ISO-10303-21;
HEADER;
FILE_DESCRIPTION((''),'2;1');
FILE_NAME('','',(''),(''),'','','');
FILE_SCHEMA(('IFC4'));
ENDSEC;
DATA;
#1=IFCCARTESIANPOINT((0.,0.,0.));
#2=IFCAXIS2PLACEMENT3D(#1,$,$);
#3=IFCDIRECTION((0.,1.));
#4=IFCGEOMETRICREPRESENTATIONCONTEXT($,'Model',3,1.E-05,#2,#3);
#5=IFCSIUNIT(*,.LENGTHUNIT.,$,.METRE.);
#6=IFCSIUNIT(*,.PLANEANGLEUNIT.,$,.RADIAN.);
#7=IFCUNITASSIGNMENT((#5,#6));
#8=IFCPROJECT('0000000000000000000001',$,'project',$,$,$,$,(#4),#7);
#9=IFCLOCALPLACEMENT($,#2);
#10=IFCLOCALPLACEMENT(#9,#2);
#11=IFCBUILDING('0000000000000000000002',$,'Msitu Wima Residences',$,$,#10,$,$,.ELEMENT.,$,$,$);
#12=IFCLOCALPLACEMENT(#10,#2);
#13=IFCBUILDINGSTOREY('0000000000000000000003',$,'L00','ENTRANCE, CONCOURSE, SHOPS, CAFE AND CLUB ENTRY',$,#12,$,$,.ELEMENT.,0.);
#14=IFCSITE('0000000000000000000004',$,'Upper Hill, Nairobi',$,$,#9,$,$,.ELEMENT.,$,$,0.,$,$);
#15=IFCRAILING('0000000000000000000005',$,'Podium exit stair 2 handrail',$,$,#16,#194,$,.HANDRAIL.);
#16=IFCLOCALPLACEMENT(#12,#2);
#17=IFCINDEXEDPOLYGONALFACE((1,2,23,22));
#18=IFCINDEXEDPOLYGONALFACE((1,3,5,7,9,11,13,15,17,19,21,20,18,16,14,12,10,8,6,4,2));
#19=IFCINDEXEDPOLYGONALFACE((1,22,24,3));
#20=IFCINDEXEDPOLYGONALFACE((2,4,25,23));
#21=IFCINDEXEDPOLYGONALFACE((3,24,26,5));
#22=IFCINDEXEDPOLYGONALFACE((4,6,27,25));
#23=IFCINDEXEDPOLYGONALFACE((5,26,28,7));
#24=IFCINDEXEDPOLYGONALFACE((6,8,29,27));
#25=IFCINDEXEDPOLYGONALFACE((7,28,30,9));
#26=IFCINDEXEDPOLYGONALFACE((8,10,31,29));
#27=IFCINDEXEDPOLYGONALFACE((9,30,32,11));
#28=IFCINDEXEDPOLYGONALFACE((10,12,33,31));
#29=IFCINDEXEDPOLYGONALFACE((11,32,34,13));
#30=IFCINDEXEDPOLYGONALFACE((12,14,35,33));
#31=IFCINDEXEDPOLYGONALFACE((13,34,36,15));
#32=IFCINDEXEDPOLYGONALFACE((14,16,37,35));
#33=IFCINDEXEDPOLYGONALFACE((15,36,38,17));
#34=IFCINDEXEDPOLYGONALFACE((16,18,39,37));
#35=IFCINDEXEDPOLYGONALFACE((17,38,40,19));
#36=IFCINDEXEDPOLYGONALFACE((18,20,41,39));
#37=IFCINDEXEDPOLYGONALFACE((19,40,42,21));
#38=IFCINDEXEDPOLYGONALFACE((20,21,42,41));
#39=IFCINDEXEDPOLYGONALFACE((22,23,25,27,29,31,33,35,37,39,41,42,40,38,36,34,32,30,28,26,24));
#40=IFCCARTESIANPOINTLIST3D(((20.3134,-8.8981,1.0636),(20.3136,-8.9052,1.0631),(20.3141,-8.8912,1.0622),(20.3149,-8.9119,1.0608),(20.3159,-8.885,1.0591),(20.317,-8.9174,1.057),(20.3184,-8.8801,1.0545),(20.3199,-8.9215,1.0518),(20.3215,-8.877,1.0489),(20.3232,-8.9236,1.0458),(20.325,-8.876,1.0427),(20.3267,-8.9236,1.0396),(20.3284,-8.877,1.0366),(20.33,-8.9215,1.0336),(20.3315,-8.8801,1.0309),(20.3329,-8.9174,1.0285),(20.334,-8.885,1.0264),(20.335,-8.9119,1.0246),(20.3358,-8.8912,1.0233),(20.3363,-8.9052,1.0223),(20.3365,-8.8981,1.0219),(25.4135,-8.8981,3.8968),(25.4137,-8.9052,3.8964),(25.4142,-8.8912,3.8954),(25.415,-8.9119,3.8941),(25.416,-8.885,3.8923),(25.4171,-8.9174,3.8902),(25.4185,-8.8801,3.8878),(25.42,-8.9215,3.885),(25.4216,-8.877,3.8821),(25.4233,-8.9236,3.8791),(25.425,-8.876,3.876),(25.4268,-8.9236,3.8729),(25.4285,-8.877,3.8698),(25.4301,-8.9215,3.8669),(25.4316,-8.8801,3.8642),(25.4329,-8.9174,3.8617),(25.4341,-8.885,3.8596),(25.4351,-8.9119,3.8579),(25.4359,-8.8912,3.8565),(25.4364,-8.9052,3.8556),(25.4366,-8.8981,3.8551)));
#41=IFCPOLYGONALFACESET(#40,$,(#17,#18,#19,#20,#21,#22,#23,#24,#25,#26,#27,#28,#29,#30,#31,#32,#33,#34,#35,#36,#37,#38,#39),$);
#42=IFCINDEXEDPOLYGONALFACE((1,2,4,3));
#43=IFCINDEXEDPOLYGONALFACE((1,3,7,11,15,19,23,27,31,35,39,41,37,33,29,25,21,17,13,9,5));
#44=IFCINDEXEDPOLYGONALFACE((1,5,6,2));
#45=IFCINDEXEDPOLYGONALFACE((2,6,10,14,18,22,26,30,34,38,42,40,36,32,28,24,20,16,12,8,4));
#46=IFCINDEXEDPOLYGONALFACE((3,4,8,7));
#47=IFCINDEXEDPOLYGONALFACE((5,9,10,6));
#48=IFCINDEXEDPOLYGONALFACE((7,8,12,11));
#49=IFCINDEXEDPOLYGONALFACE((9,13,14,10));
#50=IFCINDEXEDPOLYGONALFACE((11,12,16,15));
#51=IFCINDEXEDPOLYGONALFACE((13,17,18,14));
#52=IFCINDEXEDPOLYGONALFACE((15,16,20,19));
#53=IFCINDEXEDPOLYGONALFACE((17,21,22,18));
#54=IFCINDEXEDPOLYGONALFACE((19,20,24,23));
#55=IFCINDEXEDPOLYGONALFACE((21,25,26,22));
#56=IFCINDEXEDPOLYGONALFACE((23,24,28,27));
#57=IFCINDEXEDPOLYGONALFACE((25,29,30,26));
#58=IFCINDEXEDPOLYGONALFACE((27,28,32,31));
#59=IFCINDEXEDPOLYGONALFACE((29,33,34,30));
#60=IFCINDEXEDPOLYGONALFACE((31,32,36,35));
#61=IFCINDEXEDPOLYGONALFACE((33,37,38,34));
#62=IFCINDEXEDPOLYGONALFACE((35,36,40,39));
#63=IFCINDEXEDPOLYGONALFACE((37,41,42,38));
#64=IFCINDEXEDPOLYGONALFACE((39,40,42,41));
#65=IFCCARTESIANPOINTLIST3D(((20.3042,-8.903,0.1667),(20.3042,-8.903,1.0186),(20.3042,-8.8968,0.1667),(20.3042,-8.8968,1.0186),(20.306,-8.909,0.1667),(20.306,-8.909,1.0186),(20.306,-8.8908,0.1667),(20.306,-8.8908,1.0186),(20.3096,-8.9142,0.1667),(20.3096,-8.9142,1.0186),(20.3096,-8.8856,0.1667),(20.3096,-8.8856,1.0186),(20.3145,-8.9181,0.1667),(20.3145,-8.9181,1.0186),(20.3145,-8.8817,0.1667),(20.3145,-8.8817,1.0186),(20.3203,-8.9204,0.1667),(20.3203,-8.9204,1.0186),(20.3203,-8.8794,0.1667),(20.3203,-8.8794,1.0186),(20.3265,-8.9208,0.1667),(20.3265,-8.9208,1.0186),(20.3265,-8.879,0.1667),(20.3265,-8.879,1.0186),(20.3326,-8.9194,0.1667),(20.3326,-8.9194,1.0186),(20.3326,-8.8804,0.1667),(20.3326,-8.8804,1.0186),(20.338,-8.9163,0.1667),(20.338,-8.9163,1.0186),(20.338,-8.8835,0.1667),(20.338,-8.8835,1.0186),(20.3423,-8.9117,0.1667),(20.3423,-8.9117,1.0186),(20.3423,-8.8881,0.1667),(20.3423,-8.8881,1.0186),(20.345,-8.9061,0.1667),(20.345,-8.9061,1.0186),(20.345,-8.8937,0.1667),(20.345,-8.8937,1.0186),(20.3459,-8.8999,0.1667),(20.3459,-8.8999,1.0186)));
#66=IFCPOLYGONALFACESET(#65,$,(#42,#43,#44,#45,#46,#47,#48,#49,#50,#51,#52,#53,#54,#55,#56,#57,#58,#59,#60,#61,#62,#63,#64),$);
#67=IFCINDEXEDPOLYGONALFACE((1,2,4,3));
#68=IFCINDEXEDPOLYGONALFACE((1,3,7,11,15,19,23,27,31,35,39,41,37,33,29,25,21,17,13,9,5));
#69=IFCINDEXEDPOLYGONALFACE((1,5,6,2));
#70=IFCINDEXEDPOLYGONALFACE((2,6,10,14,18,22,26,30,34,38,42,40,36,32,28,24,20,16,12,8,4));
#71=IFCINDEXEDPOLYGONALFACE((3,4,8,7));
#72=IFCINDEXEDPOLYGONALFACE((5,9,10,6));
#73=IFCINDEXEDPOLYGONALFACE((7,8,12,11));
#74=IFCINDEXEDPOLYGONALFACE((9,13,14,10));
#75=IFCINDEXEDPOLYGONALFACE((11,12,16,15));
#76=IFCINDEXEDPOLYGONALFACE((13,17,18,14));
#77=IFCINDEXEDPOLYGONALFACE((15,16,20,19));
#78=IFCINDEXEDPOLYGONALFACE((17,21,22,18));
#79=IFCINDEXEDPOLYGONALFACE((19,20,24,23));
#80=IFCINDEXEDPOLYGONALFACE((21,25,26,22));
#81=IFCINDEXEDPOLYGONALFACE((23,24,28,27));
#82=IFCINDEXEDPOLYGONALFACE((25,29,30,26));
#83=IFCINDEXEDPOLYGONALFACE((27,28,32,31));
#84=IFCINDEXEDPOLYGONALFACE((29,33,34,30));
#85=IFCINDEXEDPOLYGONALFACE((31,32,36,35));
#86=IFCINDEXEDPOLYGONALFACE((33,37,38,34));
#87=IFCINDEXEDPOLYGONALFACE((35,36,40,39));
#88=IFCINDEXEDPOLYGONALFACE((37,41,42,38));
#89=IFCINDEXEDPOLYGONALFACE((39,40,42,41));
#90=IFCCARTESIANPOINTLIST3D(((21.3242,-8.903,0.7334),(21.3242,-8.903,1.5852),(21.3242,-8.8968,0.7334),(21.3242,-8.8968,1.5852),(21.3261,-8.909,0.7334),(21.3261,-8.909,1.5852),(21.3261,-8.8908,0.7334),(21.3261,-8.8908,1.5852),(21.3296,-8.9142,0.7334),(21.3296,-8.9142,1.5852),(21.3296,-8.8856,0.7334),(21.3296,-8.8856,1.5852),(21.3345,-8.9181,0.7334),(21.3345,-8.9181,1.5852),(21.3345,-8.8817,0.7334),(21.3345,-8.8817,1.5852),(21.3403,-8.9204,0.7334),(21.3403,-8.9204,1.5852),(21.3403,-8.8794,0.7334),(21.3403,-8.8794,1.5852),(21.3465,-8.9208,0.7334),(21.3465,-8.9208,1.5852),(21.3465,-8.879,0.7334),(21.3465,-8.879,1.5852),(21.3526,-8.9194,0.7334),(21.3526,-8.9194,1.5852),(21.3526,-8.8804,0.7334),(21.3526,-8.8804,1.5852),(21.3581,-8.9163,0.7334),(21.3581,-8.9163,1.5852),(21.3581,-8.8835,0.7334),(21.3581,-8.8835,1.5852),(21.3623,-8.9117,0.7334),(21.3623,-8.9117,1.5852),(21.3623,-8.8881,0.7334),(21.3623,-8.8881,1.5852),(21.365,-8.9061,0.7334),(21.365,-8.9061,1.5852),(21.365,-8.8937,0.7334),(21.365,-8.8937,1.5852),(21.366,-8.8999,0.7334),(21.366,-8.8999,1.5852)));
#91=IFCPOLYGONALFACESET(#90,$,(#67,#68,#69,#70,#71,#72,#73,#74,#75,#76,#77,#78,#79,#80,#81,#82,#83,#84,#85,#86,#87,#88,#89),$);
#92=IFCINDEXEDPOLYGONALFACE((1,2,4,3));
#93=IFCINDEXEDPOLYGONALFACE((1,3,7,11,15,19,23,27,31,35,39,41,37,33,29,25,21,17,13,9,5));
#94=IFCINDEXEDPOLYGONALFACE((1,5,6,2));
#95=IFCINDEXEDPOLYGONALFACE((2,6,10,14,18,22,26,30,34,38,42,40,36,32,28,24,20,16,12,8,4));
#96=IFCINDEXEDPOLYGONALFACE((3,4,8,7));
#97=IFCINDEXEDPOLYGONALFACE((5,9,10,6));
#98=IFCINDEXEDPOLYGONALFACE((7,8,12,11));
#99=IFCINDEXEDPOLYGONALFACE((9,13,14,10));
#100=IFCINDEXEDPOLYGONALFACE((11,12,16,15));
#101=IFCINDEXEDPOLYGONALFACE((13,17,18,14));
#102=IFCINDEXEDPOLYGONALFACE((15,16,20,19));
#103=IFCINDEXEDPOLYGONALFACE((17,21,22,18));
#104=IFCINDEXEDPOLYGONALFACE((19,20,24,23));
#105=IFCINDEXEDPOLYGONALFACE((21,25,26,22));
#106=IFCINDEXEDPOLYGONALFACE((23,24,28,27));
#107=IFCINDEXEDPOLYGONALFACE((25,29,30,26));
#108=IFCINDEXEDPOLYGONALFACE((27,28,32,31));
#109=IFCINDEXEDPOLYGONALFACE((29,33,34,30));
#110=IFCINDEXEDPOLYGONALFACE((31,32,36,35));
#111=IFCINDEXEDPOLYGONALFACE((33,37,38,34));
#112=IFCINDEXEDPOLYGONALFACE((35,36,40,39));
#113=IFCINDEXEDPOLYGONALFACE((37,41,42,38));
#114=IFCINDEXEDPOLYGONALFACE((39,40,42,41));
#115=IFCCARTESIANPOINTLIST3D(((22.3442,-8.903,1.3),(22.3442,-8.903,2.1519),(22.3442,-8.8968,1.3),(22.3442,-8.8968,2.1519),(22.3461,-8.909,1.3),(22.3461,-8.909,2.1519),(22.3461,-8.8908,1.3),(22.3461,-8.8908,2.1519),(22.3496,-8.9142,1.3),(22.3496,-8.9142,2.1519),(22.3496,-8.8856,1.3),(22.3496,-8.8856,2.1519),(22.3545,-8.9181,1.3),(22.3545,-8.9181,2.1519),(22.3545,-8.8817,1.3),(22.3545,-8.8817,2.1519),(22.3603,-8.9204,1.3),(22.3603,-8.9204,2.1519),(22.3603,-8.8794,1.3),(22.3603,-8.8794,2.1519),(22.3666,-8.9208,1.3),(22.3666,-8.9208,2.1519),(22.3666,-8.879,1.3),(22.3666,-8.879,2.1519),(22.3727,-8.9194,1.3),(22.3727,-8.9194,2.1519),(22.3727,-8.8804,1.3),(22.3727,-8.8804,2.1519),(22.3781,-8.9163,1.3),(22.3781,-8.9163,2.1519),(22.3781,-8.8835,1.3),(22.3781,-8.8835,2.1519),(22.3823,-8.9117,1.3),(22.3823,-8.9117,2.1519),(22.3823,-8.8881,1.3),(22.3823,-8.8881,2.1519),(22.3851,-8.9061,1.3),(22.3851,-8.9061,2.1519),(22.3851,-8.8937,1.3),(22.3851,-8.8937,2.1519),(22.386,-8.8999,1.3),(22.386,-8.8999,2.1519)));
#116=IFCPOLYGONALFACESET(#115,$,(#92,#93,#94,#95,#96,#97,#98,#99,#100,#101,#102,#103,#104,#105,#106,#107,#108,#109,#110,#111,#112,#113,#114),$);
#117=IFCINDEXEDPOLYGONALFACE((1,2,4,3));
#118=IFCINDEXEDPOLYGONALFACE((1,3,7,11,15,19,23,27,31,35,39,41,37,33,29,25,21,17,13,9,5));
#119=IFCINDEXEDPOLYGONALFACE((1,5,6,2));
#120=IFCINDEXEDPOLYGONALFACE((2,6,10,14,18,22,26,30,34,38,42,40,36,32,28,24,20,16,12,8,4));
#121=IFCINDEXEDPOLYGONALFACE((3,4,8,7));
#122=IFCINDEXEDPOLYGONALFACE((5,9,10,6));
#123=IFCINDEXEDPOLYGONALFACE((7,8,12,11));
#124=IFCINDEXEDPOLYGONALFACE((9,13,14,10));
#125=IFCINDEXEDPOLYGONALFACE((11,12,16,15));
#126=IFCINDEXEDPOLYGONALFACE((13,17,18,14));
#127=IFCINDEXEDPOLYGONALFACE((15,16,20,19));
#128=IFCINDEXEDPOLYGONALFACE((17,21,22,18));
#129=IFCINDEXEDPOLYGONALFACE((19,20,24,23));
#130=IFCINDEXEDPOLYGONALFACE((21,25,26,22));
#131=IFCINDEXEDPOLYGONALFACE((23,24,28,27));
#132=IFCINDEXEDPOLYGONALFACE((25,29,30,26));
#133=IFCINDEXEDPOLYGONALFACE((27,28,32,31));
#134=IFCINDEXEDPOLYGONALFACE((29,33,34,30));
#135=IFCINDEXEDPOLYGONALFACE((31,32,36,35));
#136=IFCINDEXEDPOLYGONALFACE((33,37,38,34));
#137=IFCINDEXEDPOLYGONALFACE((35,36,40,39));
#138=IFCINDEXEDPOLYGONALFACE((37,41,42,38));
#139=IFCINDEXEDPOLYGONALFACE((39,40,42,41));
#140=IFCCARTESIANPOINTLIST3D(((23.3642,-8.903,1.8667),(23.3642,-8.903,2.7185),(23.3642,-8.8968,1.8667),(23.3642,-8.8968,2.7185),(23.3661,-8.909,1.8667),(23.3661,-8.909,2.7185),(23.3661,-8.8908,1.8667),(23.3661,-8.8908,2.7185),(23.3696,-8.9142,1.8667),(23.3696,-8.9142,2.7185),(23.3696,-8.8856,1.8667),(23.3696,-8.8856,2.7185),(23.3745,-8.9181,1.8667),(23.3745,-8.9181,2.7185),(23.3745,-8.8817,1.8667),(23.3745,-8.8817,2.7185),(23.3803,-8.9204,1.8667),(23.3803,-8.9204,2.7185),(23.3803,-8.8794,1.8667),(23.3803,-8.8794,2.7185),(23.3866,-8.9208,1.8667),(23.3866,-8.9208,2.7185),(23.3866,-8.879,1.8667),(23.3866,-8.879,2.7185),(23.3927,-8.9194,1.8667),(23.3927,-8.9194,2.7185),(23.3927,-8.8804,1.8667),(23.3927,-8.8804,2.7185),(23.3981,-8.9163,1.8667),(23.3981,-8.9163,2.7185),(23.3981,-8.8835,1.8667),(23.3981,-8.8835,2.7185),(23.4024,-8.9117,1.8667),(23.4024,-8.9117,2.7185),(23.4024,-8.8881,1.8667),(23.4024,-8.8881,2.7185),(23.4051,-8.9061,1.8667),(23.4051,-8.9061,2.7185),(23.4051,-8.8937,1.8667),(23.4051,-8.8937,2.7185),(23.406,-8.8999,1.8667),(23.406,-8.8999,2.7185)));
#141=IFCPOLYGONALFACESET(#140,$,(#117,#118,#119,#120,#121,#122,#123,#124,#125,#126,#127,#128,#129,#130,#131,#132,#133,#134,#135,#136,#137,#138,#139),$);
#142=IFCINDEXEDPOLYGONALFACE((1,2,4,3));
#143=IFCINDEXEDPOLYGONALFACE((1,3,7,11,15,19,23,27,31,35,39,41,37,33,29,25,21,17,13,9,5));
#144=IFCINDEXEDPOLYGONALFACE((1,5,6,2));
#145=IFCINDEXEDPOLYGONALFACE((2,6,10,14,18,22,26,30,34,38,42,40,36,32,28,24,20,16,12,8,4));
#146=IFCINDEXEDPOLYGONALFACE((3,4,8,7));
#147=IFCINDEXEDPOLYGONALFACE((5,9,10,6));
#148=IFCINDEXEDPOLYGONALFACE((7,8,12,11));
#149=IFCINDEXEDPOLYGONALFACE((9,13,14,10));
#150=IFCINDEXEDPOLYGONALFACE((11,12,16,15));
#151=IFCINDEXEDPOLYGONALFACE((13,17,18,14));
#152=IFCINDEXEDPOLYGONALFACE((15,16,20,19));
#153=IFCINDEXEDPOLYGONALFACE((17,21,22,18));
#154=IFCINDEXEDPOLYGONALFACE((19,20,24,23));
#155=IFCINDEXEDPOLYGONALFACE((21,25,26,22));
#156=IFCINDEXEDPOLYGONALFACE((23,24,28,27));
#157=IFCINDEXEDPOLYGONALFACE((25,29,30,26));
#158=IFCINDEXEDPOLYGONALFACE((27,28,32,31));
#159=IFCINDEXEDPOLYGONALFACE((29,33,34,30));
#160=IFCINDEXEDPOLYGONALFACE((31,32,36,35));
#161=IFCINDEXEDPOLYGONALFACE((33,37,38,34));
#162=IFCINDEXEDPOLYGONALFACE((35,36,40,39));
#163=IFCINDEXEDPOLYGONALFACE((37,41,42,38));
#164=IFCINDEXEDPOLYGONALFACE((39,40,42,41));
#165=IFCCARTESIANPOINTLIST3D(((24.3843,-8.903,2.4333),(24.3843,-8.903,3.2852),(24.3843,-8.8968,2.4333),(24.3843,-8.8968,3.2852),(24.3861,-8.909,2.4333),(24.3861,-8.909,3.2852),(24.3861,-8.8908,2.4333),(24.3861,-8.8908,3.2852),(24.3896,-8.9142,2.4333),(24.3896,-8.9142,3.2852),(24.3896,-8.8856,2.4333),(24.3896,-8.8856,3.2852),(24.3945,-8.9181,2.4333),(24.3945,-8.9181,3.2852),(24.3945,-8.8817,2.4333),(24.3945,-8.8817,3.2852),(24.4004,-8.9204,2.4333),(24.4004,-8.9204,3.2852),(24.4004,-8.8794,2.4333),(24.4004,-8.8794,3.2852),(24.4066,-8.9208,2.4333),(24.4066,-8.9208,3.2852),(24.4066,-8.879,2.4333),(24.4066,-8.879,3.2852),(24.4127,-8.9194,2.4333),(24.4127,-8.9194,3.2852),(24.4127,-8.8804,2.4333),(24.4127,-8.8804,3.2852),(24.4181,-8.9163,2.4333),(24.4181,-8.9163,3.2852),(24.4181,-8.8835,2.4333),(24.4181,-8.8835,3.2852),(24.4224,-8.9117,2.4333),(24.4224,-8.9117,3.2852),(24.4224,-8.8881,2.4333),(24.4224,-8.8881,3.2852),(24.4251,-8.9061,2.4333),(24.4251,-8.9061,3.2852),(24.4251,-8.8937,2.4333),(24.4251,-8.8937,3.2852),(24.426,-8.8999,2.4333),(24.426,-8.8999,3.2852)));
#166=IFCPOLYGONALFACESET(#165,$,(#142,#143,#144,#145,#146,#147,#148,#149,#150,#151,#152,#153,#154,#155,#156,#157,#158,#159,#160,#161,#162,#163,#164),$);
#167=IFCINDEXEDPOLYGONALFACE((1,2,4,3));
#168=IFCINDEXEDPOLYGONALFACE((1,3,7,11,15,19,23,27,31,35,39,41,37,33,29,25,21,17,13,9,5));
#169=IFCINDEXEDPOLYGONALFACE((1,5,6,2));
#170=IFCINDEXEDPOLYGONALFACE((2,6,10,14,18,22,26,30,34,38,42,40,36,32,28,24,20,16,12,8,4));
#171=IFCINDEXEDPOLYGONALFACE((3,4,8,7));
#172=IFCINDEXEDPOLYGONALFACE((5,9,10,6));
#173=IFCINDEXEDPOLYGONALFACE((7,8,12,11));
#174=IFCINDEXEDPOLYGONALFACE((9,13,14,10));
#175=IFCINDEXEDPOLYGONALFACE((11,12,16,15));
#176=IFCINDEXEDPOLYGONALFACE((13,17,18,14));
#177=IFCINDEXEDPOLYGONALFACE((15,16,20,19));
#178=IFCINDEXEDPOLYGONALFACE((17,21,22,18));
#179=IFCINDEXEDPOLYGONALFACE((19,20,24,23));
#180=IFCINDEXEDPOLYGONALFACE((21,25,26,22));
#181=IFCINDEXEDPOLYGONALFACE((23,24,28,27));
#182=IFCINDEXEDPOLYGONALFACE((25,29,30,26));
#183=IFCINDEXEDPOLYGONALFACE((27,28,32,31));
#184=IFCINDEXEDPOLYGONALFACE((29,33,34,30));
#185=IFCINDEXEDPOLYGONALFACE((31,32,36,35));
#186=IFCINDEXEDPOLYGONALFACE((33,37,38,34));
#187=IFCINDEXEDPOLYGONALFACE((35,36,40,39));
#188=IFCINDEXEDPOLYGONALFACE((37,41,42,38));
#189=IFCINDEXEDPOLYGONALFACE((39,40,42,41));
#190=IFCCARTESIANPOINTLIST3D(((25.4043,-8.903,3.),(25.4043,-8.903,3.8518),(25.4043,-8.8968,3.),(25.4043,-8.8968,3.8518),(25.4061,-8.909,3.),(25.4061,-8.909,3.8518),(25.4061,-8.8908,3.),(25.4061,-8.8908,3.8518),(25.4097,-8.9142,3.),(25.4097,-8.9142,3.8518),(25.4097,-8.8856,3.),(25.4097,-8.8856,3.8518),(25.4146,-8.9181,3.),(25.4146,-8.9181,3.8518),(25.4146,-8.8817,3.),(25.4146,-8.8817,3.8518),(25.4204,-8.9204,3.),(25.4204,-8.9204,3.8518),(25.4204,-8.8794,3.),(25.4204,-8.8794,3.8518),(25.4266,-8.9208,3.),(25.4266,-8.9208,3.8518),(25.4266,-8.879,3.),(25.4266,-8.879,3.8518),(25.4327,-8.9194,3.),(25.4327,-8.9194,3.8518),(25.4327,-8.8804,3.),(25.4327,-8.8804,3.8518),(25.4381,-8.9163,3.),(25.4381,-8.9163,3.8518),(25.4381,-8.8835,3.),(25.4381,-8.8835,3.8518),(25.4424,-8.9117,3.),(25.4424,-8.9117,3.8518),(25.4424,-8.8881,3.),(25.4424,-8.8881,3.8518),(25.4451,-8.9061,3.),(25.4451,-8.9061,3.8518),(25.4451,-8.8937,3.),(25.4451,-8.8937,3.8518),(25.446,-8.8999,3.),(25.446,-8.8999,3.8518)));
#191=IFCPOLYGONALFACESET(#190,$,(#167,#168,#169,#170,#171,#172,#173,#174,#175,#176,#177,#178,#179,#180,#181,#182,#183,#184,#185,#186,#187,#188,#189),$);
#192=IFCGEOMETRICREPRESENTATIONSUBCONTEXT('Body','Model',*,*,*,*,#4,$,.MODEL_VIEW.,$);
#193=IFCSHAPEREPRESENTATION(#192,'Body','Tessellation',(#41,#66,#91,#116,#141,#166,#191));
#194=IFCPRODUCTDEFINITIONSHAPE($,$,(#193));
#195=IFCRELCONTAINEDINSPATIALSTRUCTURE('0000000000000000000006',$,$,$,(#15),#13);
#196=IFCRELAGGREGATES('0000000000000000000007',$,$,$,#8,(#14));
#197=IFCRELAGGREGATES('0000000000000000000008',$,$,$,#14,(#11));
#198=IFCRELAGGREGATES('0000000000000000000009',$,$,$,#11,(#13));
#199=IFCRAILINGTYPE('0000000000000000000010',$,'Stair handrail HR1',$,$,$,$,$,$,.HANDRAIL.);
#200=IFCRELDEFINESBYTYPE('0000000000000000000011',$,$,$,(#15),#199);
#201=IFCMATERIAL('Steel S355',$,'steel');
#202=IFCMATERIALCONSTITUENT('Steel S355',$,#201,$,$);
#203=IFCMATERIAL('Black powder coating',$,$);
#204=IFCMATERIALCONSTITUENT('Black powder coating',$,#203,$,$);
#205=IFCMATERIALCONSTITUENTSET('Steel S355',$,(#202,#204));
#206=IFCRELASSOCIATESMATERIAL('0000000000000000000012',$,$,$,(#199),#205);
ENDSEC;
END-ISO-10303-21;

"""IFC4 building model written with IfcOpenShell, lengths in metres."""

from ifc_helpers import new_model, si_unit, direction, frame, origin, origin_2d, place, context, subcontext, project, spatial, circle, extrude, material, constituent, constituent_set, type_object, element, save


model = new_model("IFC4")

# Units and contexts
model_context = context("Model", 3, precision=1e-05, world=origin(), true_north=direction((0.0, 1.0)))
body_context = subcontext(model_context, "Body", "Model", "MODEL_VIEW")
ifc_project = project(units=[si_unit("LENGTHUNIT", "METRE"), si_unit("PLANEANGLEUNIT", "RADIAN")], contexts=[model_context])

# Site, building, storey
site_placement = place(None, origin())
site = spatial("IfcSite", under=ifc_project, at=site_placement, Name="Upper Hill, Nairobi", CompositionType="ELEMENT", RefElevation=0.0)
building_placement = place(site_placement, origin())
building = spatial("IfcBuilding", under=site, at=building_placement, Name="Msitu Wima Residences", CompositionType="ELEMENT")
storey_placement = place(building_placement, origin())
storey = spatial("IfcBuildingStorey", under=building, at=storey_placement, Name="L00", Description="ENTRANCE, CONCOURSE, SHOPS, CAFE AND CLUB ENTRY", CompositionType="ELEMENT", Elevation=0.0)

# Railing
ifc_material_1 = material(Name="Steel S355", Category="steel")
ifc_constituent_1 = constituent(ifc_material_1, Name="Steel S355")
ifc_material_2 = material(Name="Black powder coating")
ifc_constituent_2 = constituent(ifc_material_2, Name="Black powder coating")
ifc_constituent_set = constituent_set(constituents=[ifc_constituent_1, ifc_constituent_2], Name="Steel S355")
railing_type = type_object("IfcRailingType", Name="Stair handrail HR1", PredefinedType="HANDRAIL", material=ifc_constituent_set)
for number, where, name in (
    (1, (20.325, -8.8999, 0.1667), "Podium exit stair 2 handrail"),
):
    element("IfcRailing", number, at=place(storey_placement, frame(where)), inside=storey, type_object=railing_type, Name=name, PredefinedType="HANDRAIL", context=body_context, shape_type="SweptSolid", body=[
        extrude(circle(Radius=0.0239, at=origin_2d()), frame((0.0, 0.0, 0.876), z_axis=(0.874167, 0.0, 0.485625), x_axis=(0.0, 1.0, 0.0)), (0.0, 0.0, 1.0), 5.8342),
        extrude(circle(Radius=0.021, at=origin_2d()), origin(), (0.0, 0.0, 1.0), 0.8518),
        extrude(circle(Radius=0.021, at=origin_2d()), frame((1.02, 0.0, 0.5667)), (0.0, 0.0, 1.0), 0.8518),
        extrude(circle(Radius=0.021, at=origin_2d()), frame((2.04, 0.0, 1.1333)), (0.0, 0.0, 1.0), 0.8518),
        extrude(circle(Radius=0.021, at=origin_2d()), frame((3.0601, 0.0, 1.7)), (0.0, 0.0, 1.0), 0.8518),
        extrude(circle(Radius=0.021, at=origin_2d()), frame((4.0801, 0.0, 2.2666)), (0.0, 0.0, 1.0), 0.8518),
        extrude(circle(Radius=0.021, at=origin_2d()), frame((5.1001, 0.0, 2.8333)), (0.0, 0.0, 1.0), 0.8518),
    ])

save(model, "model.ifc")
